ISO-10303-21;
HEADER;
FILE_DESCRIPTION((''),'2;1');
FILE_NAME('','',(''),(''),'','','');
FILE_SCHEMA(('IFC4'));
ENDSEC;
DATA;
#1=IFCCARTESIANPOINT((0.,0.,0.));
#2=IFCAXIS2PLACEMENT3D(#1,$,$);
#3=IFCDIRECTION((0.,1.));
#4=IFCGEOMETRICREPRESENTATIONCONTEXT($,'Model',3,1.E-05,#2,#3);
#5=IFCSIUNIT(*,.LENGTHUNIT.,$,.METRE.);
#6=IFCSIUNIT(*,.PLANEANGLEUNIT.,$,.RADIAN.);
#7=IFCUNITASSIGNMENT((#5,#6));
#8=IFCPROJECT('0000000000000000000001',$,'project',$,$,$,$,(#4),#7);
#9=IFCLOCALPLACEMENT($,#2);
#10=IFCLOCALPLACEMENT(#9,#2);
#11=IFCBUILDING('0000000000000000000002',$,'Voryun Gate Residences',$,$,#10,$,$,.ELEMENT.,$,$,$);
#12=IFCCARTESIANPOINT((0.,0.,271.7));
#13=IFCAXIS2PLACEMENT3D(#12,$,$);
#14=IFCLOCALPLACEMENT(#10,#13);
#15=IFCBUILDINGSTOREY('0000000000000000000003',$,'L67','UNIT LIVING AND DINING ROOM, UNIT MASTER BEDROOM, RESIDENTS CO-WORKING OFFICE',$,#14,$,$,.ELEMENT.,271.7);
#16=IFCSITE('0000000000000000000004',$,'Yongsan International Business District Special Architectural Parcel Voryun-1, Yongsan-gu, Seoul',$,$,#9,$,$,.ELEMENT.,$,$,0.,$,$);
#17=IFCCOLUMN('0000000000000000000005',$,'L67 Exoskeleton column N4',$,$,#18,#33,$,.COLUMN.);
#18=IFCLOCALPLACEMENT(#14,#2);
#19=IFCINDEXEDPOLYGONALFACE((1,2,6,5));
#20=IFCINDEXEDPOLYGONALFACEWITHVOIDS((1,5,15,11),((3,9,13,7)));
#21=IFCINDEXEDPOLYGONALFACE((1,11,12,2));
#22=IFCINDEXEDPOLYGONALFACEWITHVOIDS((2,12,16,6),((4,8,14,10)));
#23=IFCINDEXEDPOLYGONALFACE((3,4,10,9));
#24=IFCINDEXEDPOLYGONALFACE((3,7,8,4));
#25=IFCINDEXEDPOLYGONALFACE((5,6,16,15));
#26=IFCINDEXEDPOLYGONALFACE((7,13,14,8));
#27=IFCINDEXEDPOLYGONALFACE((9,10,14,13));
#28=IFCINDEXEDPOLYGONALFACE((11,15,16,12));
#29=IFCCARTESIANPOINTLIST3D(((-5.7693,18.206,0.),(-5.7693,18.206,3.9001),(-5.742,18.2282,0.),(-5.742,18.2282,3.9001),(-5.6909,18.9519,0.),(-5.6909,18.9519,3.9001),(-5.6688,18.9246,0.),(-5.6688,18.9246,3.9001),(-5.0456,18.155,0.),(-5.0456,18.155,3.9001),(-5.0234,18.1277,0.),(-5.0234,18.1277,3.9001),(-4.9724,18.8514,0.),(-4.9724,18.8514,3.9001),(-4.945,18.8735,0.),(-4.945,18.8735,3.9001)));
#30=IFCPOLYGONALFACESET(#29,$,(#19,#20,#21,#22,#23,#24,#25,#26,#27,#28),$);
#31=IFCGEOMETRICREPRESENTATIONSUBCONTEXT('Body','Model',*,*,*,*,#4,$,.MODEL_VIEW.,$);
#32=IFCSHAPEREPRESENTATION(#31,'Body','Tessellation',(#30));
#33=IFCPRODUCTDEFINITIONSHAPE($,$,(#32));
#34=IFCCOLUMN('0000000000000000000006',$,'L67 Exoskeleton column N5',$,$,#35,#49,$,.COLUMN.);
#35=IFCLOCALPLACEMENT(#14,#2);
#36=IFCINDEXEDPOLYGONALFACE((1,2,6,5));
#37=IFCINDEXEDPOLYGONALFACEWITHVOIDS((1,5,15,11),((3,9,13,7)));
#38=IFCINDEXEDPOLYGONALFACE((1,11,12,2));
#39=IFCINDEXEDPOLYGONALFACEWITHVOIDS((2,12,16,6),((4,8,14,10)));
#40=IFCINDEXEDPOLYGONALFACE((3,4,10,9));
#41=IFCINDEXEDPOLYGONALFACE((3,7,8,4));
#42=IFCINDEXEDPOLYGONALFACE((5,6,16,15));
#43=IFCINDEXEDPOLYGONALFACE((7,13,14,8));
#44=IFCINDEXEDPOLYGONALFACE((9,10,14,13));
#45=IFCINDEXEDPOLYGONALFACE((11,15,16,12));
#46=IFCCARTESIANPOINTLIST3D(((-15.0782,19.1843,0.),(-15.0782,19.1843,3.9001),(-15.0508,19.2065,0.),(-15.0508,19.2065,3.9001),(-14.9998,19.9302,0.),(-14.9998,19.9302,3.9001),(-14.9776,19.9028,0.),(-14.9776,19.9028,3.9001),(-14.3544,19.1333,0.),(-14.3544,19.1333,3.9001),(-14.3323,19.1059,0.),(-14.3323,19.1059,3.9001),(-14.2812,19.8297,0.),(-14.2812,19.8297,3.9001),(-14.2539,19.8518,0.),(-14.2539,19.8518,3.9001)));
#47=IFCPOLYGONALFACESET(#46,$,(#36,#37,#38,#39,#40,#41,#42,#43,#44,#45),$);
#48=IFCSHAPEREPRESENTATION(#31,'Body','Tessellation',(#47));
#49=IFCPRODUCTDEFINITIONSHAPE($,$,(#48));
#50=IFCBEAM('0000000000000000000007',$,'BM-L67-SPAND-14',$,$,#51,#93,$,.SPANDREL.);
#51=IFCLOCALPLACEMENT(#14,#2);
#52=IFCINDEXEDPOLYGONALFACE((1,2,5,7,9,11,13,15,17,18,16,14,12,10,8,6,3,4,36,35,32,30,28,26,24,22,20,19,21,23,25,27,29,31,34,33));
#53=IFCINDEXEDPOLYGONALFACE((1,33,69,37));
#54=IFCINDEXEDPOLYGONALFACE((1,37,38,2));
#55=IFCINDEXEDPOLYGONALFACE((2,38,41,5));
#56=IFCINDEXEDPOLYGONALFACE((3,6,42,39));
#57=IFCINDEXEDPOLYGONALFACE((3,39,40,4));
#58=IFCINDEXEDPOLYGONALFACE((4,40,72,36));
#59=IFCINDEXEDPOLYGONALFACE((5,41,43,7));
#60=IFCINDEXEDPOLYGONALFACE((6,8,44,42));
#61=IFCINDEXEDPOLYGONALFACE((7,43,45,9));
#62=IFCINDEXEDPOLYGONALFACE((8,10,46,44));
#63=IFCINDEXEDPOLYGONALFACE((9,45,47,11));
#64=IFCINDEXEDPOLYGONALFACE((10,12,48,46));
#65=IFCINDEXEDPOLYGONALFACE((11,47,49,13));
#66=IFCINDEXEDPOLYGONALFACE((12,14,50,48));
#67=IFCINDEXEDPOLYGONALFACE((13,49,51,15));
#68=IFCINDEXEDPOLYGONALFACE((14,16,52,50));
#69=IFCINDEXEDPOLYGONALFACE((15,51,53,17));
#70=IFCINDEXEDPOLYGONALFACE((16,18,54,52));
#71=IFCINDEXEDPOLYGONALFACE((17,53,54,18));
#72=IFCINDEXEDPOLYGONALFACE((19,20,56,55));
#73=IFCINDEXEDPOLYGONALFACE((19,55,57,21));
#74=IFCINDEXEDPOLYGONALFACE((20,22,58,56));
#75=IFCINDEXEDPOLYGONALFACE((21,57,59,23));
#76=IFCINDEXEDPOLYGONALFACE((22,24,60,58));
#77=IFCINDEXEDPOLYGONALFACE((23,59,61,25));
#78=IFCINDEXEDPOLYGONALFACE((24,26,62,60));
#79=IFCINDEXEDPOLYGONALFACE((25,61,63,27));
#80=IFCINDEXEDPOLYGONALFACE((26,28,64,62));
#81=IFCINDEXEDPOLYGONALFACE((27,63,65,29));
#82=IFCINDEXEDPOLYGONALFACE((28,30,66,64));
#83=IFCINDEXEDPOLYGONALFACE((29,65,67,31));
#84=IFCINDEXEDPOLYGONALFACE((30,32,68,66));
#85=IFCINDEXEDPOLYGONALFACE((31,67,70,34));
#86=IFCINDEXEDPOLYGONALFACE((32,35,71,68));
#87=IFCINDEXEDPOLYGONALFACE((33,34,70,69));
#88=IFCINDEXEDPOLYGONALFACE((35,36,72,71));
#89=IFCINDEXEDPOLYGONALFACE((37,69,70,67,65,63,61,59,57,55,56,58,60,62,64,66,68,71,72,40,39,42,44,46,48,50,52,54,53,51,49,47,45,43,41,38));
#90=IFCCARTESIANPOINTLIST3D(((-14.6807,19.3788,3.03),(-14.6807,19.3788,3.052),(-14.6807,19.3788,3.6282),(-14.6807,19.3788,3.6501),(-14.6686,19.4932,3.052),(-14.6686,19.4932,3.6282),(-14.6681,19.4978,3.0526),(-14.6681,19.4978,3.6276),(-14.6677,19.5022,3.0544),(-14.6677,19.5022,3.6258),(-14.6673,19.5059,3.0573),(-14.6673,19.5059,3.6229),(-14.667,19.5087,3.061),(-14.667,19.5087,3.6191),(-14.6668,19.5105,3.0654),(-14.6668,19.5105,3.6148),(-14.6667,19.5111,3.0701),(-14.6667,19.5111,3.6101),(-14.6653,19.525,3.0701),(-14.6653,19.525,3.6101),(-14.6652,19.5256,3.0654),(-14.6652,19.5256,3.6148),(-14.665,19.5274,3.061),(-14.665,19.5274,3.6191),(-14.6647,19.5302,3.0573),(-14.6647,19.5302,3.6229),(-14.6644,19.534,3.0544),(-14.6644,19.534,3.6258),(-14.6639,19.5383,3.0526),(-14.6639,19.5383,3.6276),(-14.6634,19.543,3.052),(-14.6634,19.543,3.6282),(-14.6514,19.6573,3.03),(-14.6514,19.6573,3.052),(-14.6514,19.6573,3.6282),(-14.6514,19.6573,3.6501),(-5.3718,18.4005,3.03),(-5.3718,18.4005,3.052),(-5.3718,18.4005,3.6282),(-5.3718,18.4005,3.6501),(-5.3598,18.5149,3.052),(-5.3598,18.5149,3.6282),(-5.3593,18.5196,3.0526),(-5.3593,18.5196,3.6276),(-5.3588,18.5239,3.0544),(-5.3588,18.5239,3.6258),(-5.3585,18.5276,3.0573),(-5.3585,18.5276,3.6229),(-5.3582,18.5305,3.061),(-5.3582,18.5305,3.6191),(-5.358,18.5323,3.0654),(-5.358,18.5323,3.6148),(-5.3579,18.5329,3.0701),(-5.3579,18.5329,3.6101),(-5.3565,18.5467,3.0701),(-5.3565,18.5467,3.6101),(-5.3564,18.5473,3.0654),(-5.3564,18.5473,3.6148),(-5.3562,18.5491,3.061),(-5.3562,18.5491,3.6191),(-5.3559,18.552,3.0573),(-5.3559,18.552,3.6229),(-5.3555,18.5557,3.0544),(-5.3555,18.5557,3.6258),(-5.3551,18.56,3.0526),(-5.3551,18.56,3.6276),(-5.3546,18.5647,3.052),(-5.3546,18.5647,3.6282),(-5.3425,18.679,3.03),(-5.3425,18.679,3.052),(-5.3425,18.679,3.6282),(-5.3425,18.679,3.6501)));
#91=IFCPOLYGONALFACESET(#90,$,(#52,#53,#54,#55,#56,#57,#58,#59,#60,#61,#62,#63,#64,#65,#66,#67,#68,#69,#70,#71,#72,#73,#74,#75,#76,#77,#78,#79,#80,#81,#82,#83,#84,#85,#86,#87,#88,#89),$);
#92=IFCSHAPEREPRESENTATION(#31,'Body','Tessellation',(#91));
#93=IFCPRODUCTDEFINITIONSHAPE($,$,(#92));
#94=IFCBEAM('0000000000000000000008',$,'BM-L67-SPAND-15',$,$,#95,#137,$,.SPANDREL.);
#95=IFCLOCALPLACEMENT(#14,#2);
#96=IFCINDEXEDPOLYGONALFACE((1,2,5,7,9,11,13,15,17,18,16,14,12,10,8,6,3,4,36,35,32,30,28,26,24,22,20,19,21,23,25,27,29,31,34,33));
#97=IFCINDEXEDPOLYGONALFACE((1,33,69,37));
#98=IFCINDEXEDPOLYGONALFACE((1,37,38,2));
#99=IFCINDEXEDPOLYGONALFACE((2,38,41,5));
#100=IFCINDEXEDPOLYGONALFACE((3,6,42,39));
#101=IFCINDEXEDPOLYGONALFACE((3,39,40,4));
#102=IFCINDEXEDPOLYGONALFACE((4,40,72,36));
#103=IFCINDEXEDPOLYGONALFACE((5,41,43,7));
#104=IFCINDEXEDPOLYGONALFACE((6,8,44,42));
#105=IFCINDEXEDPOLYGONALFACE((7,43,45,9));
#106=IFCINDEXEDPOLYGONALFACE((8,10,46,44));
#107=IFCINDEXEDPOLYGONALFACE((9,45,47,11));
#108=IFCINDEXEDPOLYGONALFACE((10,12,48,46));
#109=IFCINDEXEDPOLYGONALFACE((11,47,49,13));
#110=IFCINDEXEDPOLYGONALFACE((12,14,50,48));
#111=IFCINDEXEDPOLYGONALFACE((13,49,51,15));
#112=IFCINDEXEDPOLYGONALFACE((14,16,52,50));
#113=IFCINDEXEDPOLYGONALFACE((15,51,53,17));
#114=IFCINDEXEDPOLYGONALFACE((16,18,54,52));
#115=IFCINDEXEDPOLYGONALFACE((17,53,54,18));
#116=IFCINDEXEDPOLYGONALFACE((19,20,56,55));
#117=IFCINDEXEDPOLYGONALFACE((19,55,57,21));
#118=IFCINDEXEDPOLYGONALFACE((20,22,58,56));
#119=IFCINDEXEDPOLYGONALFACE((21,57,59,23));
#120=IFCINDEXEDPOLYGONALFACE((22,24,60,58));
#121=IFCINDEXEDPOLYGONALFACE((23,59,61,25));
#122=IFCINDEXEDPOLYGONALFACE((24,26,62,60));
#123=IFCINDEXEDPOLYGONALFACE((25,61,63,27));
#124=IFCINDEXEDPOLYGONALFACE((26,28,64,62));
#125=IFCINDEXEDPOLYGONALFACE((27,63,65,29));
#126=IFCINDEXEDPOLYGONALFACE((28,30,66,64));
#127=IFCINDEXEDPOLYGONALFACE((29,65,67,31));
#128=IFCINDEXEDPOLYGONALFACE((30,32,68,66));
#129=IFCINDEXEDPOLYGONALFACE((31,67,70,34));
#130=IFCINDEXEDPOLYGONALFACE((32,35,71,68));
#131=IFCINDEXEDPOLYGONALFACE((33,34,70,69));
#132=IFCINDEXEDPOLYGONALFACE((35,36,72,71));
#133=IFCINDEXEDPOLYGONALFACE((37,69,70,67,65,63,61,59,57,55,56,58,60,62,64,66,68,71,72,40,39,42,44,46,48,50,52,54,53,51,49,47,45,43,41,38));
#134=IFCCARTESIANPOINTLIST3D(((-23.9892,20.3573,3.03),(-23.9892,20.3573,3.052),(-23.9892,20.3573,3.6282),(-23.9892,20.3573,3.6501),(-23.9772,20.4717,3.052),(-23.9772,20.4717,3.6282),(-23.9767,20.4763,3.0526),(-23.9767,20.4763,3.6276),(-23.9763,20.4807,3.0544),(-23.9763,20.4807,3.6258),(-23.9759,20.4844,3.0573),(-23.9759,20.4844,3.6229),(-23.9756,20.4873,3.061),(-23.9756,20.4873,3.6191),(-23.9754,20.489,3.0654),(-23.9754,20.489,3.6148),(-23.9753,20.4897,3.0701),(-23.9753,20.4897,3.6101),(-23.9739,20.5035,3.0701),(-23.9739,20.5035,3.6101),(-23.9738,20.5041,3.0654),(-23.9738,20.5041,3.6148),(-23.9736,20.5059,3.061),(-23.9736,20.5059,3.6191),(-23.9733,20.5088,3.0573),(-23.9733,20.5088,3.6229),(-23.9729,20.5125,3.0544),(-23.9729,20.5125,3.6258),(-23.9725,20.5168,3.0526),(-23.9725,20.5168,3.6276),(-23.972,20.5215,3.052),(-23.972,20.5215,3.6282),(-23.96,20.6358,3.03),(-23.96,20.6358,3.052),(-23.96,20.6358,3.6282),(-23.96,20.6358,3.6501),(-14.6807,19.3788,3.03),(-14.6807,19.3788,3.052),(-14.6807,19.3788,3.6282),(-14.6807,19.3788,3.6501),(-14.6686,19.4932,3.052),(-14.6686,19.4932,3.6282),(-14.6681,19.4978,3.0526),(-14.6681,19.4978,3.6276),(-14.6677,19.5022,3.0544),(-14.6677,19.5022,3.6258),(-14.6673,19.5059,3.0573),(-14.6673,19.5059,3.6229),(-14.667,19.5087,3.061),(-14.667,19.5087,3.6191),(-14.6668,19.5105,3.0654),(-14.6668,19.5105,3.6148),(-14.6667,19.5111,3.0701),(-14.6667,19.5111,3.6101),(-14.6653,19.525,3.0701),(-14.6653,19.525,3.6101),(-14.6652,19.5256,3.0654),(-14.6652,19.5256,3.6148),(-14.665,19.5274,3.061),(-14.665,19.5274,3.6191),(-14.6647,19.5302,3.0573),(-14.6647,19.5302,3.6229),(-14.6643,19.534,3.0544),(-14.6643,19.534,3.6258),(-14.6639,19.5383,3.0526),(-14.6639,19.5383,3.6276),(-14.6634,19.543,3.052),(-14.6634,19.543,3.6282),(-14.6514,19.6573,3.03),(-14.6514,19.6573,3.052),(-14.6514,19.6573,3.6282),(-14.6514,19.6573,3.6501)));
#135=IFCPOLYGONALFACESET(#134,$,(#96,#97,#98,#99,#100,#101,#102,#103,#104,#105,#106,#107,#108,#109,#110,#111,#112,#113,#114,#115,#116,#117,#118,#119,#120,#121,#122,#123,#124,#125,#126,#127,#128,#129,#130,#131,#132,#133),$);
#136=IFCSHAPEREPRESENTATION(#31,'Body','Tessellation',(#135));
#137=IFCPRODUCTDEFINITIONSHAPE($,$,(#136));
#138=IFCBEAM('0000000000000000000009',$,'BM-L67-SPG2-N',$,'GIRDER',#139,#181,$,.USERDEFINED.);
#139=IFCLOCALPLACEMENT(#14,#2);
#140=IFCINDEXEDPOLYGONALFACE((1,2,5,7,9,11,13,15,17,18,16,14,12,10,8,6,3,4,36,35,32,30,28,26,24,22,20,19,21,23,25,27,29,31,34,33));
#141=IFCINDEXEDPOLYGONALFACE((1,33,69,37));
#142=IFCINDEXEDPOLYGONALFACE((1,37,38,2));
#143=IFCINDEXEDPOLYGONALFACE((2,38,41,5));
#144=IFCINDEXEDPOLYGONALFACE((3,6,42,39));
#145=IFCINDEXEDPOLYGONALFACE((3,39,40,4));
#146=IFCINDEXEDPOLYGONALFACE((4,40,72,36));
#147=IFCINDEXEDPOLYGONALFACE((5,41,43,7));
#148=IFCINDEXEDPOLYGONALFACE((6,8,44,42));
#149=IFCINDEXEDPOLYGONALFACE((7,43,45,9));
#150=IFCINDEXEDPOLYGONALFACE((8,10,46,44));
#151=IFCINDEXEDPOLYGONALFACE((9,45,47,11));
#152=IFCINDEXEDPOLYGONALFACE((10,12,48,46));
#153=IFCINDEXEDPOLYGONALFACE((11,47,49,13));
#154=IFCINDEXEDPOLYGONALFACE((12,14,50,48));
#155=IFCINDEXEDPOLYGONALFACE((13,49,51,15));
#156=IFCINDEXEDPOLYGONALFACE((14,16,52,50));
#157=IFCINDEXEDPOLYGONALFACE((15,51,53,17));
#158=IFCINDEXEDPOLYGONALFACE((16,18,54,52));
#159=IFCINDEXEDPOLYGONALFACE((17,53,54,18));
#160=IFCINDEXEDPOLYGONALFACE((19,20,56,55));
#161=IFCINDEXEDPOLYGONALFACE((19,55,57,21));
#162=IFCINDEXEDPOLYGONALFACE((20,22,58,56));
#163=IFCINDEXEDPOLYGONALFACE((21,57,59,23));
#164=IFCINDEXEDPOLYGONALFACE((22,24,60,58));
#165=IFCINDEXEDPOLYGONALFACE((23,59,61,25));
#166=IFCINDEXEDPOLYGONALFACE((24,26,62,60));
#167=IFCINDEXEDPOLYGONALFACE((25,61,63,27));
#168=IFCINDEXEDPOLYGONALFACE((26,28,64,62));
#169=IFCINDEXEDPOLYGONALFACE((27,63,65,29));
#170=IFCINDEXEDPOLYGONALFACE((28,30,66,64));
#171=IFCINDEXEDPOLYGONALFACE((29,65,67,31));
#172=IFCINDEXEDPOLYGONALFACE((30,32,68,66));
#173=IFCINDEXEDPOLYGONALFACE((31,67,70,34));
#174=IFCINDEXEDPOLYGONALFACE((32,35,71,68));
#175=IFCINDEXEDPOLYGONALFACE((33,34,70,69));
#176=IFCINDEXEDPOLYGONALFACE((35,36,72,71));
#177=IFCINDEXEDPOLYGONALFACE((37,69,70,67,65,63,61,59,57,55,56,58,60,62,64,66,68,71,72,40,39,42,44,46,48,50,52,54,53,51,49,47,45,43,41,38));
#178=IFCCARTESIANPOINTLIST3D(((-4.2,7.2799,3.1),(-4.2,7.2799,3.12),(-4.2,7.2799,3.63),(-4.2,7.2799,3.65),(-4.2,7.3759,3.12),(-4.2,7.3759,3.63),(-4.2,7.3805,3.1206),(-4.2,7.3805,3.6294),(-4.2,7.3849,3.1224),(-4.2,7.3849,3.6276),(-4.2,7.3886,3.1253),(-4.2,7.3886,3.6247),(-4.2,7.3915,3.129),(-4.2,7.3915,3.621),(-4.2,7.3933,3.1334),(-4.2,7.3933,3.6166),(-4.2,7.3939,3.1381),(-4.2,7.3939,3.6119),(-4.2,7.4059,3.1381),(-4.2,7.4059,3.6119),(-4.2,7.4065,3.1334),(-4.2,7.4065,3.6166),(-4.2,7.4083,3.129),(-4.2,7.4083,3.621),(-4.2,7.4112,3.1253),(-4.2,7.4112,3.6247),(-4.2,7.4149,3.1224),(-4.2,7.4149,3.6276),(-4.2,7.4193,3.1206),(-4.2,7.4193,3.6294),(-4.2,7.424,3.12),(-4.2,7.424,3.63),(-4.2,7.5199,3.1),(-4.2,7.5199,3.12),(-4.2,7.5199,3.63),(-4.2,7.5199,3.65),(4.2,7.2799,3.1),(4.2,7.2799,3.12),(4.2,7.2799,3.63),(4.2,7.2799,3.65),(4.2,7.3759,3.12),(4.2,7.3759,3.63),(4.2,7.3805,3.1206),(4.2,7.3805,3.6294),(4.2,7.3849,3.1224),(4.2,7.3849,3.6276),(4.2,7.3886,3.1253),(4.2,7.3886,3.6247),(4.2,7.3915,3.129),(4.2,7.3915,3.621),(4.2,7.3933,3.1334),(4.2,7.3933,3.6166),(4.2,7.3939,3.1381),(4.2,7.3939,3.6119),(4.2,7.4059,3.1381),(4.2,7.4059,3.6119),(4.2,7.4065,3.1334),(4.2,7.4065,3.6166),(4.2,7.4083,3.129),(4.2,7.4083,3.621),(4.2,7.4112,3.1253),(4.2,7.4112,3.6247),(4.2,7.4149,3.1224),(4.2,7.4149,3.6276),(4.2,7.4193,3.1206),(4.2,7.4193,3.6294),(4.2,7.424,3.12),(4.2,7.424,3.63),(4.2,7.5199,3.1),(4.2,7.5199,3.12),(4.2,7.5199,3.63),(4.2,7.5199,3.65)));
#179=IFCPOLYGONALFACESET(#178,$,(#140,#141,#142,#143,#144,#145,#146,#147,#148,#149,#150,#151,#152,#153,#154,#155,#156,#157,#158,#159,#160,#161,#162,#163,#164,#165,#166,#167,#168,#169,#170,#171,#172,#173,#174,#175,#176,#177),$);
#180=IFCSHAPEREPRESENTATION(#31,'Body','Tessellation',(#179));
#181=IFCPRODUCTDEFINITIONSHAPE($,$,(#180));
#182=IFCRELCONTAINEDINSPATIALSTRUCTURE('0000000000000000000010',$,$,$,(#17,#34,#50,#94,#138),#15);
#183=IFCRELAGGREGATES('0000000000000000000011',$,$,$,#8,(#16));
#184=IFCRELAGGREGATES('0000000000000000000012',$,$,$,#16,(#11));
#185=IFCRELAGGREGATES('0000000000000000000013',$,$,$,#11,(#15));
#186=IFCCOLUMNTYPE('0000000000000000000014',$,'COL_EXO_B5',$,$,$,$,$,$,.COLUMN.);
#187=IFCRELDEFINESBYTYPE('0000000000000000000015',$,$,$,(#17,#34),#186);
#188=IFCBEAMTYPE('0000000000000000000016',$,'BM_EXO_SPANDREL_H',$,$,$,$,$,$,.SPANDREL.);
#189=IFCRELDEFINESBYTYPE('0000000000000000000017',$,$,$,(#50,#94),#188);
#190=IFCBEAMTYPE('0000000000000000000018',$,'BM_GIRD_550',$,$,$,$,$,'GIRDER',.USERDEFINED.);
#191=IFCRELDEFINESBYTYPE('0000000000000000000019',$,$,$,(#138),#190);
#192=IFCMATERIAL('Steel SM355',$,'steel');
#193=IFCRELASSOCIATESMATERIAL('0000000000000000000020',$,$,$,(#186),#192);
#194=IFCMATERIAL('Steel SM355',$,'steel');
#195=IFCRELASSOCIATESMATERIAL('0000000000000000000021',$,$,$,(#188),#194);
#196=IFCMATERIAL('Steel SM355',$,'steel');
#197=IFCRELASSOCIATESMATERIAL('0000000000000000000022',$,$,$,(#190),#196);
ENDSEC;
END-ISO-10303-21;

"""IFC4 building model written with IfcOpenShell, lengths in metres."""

from ifc_helpers import new_model, si_unit, direction, frame, origin, origin_2d, place, context, subcontext, project, spatial, hollow_rectangle, i_section, extrude, material, material_profile, profile_set, type_object, element, save


model = new_model("IFC4")

# Units and contexts
model_context = context("Model", 3, precision=1e-05, world=origin(), true_north=direction((0.0, 1.0)))
body_context = subcontext(model_context, "Body", "Model", "MODEL_VIEW")
ifc_project = project(units=[si_unit("LENGTHUNIT", "METRE"), si_unit("PLANEANGLEUNIT", "RADIAN")], contexts=[model_context])

# Site, building, storey
site_placement = place(None, origin())
site = spatial("IfcSite", under=ifc_project, at=site_placement, Name="Yongsan International Business District Special Architectural Parcel Voryun-1, Yongsan-gu, Seoul", CompositionType="ELEMENT", RefElevation=0.0)
building_placement = place(site_placement, origin())
building = spatial("IfcBuilding", under=site, at=building_placement, Name="Voryun Gate Residences", CompositionType="ELEMENT")
storey_placement = place(building_placement, frame((0.0, 0.0, 271.7)))
storey = spatial("IfcBuildingStorey", under=building, at=storey_placement, Name="L67", Description="UNIT LIVING AND DINING ROOM, UNIT MASTER BEDROOM, RESIDENTS CO-WORKING OFFICE", CompositionType="ELEMENT", Elevation=271.7)

# Columns
ifc_material_1 = material(Name="Steel SM355", Category="steel")
ifc_material_profile_1 = material_profile(ifc_material_1, hollow_rectangle(XDim=0.75, YDim=0.75, WallThickness=0.0249, at=origin_2d()), Name="BOX-750x750x25")
ifc_profile_set_1 = profile_set([ifc_material_profile_1], Name="Steel SM355")
column_type = type_object("IfcColumnType", Name="COL_EXO_B5", PredefinedType="COLUMN", material=ifc_profile_set_1)
for number, where, z_axis, x_axis, name in (
    (1, (-5.3572, 18.5398, 0.0), (0.0, 0.0, 1.0), (0.994522, -0.104528, 0.0), "L67 Exoskeleton column N4"),
    (2, (-14.666, 19.5181, 0.0), (0.0, 0.0, 1.0), (0.994522, -0.104528, 0.0), "L67 Exoskeleton column N5"),
):
    element("IfcColumn", number, at=place(storey_placement, frame(where, z_axis=z_axis, x_axis=x_axis)), inside=storey, type_object=column_type, Name=name, PredefinedType="COLUMN", context=body_context, shape_type="SweptSolid", body=[
        extrude(hollow_rectangle(XDim=0.75, YDim=0.75, WallThickness=0.0249, at=origin_2d()), origin(), (0.0, 0.0, 1.0), 3.9001),
    ])

# Beams
ifc_material_2 = material(Name="Steel SM355", Category="steel")
ifc_material_profile_2 = material_profile(ifc_material_2, i_section(OverallWidth=0.28, OverallDepth=0.6201, WebThickness=0.0139, FlangeThickness=0.022, FilletRadius=0.0181, at=origin_2d()), Name="H-620x280x14x22")
ifc_profile_set_2 = profile_set([ifc_material_profile_2], Name="Steel SM355")
beam_type_1 = type_object("IfcBeamType", Name="BM_EXO_SPANDREL_H", PredefinedType="SPANDREL", material=ifc_profile_set_2)
beam_1_placement = place(storey_placement, frame((-5.3572, 18.5398, 3.3401), z_axis=(-0.994523, 0.104515, 0.0), x_axis=(-0.104515, -0.994523, 0.0)))
element("IfcBeam", 3, at=beam_1_placement, inside=storey, type_object=beam_type_1, Name="BM-L67-SPAND-14", PredefinedType="SPANDREL", context=body_context, shape_type="SweptSolid", body=[
    extrude(i_section(OverallWidth=0.28, OverallDepth=0.6201, WebThickness=0.0139, FlangeThickness=0.022, FilletRadius=0.0181, at=origin_2d()), origin(), (0.0, 0.0, 1.0), 9.3601),
])
beam_2_placement = place(storey_placement, frame((-14.666, 19.5181, 3.3401), z_axis=(-0.99452, 0.104544, 0.0), x_axis=(-0.104544, -0.99452, 0.0)))
element("IfcBeam", 4, at=beam_2_placement, inside=storey, type_object=beam_type_1, Name="BM-L67-SPAND-15", PredefinedType="SPANDREL", context=body_context, shape_type="SweptSolid", body=[
    extrude(i_section(OverallWidth=0.28, OverallDepth=0.6201, WebThickness=0.0139, FlangeThickness=0.022, FilletRadius=0.0181, at=origin_2d()), origin(), (0.0, 0.0, 1.0), 9.3599),
])
ifc_material_3 = material(Name="Steel SM355", Category="steel")
ifc_material_profile_3 = material_profile(ifc_material_3, i_section(OverallWidth=0.24, OverallDepth=0.55, WebThickness=0.012, FlangeThickness=0.02, FilletRadius=0.0181, at=origin_2d()), Name="H-550x240x12x20")
ifc_profile_set_3 = profile_set([ifc_material_profile_3], Name="Steel SM355")
beam_type_2 = type_object("IfcBeamType", Name="BM_GIRD_550", ElementType="GIRDER", PredefinedType="USERDEFINED", material=ifc_profile_set_3)
beam_3_placement = place(storey_placement, frame((-4.2, 7.3999, 3.375), z_axis=(1.0, 0.0, 0.0), x_axis=(0.0, 1.0, 0.0)))
element("IfcBeam", 5, at=beam_3_placement, inside=storey, type_object=beam_type_2, Name="BM-L67-SPG2-N", ObjectType="GIRDER", PredefinedType="USERDEFINED", context=body_context, shape_type="SweptSolid", body=[
    extrude(i_section(OverallWidth=0.24, OverallDepth=0.55, WebThickness=0.012, FlangeThickness=0.02, FilletRadius=0.0181, at=origin_2d()), origin(), (0.0, 0.0, 1.0), 8.3999),
])

save(model, "model.ifc")
